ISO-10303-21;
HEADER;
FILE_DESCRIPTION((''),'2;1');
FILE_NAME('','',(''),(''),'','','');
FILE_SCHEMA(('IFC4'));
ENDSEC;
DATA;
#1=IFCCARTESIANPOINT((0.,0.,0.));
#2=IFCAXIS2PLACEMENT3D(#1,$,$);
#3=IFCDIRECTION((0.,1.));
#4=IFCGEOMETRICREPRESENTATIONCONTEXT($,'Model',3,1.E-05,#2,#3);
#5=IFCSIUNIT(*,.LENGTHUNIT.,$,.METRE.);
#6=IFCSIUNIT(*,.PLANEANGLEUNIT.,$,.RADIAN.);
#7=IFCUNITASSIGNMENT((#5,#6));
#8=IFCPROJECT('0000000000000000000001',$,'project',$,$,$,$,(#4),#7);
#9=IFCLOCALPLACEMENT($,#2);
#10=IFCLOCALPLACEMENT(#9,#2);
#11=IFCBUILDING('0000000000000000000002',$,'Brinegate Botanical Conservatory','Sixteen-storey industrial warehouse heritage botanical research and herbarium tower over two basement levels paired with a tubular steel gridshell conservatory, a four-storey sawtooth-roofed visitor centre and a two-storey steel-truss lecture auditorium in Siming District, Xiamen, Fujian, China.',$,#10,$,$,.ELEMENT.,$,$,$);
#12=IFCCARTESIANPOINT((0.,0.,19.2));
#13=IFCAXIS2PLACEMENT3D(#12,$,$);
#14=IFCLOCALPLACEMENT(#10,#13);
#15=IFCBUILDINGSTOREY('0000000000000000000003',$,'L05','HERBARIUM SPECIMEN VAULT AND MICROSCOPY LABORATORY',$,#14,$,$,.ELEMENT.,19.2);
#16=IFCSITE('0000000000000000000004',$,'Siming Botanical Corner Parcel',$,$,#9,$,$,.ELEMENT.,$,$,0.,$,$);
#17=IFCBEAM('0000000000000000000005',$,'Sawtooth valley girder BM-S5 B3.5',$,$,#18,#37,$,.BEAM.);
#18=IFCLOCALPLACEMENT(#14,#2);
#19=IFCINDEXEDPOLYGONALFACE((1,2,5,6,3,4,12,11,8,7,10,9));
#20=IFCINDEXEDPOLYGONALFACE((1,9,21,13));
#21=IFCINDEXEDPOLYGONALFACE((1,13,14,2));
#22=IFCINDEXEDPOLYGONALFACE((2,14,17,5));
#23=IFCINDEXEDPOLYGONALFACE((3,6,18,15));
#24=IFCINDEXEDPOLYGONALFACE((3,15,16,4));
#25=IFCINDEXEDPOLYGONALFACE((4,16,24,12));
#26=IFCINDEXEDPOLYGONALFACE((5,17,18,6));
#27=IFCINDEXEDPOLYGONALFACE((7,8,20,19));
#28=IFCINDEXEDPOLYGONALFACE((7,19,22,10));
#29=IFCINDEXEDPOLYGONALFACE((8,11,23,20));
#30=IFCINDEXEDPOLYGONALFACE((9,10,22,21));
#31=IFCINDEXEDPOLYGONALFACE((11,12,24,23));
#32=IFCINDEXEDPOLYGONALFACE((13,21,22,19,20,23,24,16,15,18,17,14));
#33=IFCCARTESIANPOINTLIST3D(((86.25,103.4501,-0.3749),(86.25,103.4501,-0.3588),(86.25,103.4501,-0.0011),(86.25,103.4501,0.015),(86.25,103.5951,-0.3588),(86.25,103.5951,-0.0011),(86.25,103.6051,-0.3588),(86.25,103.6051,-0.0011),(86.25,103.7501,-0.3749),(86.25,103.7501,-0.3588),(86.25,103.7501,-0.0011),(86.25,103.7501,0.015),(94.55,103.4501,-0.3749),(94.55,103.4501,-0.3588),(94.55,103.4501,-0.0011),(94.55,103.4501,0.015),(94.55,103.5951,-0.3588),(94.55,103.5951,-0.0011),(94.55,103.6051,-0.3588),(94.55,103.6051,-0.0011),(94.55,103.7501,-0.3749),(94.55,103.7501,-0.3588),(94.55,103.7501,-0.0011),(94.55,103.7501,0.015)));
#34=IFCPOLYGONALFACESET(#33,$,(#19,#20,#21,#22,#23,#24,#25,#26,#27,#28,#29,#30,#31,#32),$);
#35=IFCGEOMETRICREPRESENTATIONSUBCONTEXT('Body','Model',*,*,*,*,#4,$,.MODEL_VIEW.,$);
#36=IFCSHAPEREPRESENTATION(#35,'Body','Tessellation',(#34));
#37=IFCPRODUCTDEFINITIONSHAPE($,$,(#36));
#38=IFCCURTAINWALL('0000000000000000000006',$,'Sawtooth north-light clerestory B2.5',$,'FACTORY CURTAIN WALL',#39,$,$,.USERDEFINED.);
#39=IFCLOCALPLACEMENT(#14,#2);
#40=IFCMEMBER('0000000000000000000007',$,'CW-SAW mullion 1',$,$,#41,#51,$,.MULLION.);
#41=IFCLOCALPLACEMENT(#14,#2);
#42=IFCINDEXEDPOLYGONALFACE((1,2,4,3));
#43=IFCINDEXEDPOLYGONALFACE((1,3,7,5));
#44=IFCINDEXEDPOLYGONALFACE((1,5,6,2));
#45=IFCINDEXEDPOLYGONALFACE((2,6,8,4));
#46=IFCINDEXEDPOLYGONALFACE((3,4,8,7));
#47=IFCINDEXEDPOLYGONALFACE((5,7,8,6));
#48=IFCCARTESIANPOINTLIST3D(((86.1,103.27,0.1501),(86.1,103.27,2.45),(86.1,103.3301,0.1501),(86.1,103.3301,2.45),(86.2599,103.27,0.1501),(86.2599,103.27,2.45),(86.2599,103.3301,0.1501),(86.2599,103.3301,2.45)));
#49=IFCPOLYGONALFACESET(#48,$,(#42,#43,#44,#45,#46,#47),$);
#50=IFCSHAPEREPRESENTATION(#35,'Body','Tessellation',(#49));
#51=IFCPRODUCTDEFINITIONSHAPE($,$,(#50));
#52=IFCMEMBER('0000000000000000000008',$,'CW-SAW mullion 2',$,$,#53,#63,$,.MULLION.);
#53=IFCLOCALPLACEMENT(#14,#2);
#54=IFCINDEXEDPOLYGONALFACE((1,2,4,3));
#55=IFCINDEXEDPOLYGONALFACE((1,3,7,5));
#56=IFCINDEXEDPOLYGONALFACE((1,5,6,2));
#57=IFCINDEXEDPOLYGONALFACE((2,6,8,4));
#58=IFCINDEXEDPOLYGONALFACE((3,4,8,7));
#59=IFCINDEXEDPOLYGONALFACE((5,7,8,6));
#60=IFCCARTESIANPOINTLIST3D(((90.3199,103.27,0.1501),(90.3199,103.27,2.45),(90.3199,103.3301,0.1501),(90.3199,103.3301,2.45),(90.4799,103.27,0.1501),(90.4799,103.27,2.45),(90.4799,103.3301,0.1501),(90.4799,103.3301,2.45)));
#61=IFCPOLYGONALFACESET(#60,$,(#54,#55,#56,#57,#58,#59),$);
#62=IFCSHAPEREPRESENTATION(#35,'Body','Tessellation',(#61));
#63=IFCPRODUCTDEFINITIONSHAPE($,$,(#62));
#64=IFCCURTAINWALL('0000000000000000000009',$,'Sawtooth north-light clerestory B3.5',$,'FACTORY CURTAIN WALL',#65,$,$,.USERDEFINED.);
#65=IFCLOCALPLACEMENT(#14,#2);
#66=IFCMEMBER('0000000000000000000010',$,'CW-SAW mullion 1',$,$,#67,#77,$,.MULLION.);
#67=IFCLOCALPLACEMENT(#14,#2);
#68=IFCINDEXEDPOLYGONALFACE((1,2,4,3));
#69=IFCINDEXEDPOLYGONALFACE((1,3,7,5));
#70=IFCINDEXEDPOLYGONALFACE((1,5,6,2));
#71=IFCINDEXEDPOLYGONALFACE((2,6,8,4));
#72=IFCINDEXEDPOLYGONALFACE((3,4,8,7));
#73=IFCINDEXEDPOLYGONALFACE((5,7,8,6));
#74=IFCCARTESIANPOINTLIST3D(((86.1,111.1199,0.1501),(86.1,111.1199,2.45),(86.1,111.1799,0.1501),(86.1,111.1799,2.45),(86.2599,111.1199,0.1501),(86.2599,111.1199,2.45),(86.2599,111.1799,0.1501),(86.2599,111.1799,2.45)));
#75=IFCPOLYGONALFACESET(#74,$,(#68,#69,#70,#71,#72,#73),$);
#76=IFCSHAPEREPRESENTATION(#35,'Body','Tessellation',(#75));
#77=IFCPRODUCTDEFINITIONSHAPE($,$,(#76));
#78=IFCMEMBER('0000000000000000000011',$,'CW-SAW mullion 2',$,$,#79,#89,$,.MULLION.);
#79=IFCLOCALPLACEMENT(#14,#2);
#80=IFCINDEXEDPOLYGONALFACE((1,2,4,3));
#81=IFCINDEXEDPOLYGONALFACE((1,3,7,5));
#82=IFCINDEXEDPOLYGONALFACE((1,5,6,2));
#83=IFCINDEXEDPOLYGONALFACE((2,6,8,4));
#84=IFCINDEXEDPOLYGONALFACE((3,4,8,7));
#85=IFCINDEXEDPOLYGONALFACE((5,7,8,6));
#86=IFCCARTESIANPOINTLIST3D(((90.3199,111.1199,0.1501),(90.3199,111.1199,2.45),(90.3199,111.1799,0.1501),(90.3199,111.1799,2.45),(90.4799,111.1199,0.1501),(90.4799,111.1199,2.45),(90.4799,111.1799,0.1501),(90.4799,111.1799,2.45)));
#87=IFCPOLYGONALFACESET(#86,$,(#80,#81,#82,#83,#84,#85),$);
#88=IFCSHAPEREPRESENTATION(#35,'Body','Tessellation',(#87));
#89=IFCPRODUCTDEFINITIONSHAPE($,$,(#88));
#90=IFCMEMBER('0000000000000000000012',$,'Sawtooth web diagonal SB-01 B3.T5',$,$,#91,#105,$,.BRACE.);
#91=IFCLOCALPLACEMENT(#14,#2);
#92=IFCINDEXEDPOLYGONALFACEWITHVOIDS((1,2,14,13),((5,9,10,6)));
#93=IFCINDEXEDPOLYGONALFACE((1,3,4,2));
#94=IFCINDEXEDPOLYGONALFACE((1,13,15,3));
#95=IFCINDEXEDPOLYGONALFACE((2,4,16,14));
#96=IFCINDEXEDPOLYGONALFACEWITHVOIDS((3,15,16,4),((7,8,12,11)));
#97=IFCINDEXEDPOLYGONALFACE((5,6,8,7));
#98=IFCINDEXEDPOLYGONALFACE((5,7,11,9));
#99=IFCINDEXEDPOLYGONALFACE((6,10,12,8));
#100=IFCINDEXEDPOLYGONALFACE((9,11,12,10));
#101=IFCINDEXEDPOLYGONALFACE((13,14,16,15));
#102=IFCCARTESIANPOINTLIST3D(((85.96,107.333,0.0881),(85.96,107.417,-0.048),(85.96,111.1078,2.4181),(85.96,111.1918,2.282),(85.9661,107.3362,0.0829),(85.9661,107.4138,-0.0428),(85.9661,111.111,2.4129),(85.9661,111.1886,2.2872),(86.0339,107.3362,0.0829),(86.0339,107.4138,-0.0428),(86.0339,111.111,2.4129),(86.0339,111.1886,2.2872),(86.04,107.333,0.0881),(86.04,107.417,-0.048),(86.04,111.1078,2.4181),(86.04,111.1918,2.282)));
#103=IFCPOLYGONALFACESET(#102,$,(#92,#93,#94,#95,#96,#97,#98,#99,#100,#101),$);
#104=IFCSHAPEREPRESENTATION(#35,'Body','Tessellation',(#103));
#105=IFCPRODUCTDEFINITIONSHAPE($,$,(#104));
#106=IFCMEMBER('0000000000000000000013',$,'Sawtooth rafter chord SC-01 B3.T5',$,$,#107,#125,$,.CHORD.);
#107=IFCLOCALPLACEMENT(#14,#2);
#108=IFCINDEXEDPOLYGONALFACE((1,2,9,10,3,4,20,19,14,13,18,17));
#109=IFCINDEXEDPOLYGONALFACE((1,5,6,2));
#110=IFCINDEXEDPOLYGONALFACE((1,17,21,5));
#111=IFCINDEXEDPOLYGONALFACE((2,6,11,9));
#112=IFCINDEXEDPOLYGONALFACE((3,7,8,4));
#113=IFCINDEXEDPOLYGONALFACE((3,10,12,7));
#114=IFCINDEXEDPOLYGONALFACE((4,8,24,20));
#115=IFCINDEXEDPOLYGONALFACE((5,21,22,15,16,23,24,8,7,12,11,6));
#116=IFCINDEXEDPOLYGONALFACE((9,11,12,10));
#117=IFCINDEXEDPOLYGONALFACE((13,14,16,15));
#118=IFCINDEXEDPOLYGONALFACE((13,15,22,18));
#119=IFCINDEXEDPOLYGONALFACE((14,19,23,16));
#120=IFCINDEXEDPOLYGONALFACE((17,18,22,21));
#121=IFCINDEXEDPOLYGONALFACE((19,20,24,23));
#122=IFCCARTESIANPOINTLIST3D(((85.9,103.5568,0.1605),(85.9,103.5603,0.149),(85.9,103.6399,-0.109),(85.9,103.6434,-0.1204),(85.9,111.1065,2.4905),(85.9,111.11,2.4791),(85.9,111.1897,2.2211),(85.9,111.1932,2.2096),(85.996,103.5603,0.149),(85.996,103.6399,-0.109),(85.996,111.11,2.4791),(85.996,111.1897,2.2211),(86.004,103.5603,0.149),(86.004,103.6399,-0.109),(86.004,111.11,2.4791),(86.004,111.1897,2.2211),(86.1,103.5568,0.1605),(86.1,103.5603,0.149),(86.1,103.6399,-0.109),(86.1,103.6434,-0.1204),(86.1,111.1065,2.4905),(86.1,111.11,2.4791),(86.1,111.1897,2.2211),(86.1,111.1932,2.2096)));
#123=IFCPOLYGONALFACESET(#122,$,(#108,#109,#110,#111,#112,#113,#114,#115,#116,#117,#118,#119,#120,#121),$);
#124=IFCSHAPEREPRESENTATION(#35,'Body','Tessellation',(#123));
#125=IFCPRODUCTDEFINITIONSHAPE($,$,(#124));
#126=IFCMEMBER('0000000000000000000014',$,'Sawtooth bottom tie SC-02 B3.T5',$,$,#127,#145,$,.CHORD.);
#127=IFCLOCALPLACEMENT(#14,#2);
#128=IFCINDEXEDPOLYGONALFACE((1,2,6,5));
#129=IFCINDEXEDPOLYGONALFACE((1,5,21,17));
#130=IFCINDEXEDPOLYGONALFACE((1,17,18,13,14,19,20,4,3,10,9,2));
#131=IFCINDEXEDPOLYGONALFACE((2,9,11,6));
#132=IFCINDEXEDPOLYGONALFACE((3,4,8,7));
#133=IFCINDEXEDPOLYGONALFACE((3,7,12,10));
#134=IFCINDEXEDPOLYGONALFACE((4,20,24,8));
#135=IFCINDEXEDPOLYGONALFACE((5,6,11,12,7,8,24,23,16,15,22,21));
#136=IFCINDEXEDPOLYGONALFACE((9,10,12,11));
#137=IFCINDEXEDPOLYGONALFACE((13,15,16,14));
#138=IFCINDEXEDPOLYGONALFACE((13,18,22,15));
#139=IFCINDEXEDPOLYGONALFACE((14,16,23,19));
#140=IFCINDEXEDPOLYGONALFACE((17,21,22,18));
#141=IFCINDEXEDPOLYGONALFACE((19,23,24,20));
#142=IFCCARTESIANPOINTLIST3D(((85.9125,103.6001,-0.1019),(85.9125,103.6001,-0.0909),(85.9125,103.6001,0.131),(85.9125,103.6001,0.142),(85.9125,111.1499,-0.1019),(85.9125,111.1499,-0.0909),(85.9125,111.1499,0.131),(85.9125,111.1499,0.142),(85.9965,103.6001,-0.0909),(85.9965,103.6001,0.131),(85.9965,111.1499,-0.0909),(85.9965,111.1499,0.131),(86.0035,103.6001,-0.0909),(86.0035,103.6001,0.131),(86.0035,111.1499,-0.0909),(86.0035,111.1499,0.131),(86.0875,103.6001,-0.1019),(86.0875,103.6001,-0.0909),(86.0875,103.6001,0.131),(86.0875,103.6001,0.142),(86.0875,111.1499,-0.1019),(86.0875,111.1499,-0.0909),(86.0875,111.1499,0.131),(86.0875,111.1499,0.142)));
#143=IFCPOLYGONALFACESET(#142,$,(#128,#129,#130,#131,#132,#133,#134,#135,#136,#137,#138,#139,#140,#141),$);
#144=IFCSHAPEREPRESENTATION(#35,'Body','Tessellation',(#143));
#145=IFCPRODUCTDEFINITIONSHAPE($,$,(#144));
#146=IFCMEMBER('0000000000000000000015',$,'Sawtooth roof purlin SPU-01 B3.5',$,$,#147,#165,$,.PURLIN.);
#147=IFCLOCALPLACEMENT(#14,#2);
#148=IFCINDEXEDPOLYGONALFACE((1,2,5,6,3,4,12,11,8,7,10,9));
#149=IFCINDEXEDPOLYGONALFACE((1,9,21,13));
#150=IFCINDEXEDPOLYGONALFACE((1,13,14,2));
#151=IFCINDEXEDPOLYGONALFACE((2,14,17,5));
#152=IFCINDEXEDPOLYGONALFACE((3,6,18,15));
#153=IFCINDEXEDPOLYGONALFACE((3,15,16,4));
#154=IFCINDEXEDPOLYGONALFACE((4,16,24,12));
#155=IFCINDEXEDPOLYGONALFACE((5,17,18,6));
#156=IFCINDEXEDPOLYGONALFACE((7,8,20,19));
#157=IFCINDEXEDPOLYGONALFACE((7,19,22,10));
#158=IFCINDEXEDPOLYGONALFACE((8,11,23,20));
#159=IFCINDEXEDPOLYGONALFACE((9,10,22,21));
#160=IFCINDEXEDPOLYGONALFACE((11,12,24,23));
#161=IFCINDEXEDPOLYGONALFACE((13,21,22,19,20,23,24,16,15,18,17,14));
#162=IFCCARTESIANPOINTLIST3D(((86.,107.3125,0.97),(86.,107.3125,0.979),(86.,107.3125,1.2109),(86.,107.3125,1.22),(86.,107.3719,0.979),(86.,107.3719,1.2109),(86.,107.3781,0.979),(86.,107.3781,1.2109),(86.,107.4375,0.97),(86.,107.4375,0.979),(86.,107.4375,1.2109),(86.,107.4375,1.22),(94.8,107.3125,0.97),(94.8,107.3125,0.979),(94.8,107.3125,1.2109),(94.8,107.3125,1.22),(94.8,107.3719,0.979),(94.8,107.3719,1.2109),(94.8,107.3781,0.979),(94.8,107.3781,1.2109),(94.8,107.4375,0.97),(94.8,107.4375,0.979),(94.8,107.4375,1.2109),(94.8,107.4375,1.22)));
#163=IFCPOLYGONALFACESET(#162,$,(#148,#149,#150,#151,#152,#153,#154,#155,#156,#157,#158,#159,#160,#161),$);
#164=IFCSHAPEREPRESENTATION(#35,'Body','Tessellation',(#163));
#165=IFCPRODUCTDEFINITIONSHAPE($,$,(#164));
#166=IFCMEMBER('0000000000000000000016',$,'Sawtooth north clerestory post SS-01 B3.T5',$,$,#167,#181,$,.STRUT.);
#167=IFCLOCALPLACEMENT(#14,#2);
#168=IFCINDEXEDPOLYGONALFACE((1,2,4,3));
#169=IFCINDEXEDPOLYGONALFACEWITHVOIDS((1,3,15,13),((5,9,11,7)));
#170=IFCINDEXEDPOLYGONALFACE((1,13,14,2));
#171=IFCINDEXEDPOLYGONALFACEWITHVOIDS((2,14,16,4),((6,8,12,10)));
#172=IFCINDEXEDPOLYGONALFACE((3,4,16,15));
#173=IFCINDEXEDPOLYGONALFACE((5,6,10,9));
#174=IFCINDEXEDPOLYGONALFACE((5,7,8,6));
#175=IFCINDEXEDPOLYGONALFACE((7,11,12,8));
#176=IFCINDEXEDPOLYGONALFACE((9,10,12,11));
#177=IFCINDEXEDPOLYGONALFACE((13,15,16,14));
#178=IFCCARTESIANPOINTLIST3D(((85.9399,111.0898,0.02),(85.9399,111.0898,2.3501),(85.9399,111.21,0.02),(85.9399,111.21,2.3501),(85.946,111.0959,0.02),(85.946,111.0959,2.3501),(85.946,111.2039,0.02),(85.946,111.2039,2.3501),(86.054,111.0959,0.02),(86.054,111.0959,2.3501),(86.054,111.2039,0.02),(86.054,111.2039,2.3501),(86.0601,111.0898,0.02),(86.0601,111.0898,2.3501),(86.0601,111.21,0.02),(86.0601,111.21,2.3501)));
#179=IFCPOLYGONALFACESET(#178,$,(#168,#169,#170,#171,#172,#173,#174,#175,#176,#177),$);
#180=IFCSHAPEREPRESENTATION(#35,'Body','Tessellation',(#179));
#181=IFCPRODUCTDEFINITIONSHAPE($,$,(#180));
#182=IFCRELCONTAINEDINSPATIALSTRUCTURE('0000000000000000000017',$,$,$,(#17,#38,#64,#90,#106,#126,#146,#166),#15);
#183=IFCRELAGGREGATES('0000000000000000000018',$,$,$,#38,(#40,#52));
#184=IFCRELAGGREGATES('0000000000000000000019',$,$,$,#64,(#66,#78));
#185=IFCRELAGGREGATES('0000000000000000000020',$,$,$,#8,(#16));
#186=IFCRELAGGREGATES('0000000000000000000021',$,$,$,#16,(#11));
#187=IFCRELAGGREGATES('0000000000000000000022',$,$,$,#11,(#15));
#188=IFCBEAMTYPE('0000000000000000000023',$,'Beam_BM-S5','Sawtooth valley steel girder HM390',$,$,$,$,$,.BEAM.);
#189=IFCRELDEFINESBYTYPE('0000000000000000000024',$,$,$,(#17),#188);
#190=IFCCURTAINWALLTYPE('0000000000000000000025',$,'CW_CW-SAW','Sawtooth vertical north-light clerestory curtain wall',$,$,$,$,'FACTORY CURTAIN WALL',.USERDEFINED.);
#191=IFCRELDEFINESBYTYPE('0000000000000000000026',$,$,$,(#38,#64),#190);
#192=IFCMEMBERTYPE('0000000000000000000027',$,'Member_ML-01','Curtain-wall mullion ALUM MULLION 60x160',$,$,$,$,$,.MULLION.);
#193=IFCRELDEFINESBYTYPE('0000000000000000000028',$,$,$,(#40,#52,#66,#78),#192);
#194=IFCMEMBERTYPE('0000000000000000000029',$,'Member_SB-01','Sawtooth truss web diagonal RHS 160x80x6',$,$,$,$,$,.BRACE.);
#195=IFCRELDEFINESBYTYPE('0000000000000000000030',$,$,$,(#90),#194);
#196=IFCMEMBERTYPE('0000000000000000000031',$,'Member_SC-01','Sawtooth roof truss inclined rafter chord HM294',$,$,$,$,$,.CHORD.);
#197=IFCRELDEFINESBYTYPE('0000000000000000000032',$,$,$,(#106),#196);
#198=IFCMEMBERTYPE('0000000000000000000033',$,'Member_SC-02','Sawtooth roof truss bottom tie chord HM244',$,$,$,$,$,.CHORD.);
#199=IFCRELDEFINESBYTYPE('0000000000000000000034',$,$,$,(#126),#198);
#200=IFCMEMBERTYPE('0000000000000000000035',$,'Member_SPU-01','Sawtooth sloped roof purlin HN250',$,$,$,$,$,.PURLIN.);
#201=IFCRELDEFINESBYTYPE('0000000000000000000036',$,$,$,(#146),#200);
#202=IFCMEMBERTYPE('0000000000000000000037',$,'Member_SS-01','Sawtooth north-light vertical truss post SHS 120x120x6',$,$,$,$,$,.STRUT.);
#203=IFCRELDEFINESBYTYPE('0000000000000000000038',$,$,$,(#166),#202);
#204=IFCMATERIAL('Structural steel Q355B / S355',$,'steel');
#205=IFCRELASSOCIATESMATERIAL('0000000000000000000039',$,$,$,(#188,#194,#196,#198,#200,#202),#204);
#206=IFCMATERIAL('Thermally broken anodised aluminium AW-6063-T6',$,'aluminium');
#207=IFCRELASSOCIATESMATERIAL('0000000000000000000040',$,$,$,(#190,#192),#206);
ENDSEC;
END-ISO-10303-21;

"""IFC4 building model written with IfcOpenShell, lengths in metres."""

from ifc_helpers import new_model, si_unit, direction, frame, origin, origin_2d, place, context, subcontext, project, spatial, rectangle, hollow_rectangle, i_section, extrude, material, material_profile, profile_set, type_object, element, aggregate, save


model = new_model("IFC4")

# Units and contexts
model_context = context("Model", 3, precision=1e-05, world=origin(), true_north=direction((0.0, 1.0)))
body_context = subcontext(model_context, "Body", "Model", "MODEL_VIEW")
ifc_project = project(units=[si_unit("LENGTHUNIT", "METRE"), si_unit("PLANEANGLEUNIT", "RADIAN")], contexts=[model_context])

# Site, building, storey
site_placement = place(None, origin())
site = spatial("IfcSite", under=ifc_project, at=site_placement, Name="Siming Botanical Corner Parcel", CompositionType="ELEMENT", RefElevation=0.0)
building_placement = place(site_placement, origin())
building = spatial("IfcBuilding", under=site, at=building_placement, Name="Brinegate Botanical Conservatory", Description="Sixteen-storey industrial warehouse heritage botanical research and herbarium tower over two basement levels paired with a tubular steel gridshell conservatory, a four-storey sawtooth-roofed visitor centre and a two-storey steel-truss lecture auditorium in Siming District, Xiamen, Fujian, China.", CompositionType="ELEMENT")
storey_placement = place(building_placement, frame((0.0, 0.0, 19.2)))
storey = spatial("IfcBuildingStorey", under=building, at=storey_placement, Name="L05", Description="HERBARIUM SPECIMEN VAULT AND MICROSCOPY LABORATORY", CompositionType="ELEMENT", Elevation=19.2)

# Beam
ifc_material_1 = material(Name="Structural steel Q355B / S355", Category="steel")
ifc_material_profile_1 = material_profile(ifc_material_1, i_section(OverallWidth=0.3, OverallDepth=0.3899, WebThickness=0.01, FlangeThickness=0.0161, at=origin_2d()), Name="HM 390x300x10x16")
ifc_profile_set_1 = profile_set([ifc_material_profile_1], Name="Structural steel Q355B / S355")
beam_type = type_object("IfcBeamType", Name="Beam_BM-S5", Description="Sawtooth valley steel girder HM390", PredefinedType="BEAM", material=ifc_profile_set_1)
beam_placement = place(storey_placement, frame((86.25, 103.6001, -0.1799), z_axis=(1.0, 0.0, 0.0), x_axis=(0.0, 1.0, 0.0)))
element("IfcBeam", 1, at=beam_placement, inside=storey, type_object=beam_type, Name="Sawtooth valley girder BM-S5 B3.5", PredefinedType="BEAM", context=body_context, shape_type="SweptSolid", body=[
    extrude(i_section(OverallWidth=0.3, OverallDepth=0.3899, WebThickness=0.01, FlangeThickness=0.0161, at=origin_2d()), origin(), (0.0, 0.0, 1.0), 8.3),
])

# Curtain walls, members
ifc_material_2 = material(Name="Thermally broken anodised aluminium AW-6063-T6", Category="aluminium")
curtain_wall_type = type_object("IfcCurtainWallType", Name="CW_CW-SAW", Description="Sawtooth vertical north-light clerestory curtain wall", ElementType="FACTORY CURTAIN WALL", PredefinedType="USERDEFINED", material=ifc_material_2)
curtain_wall_1_placement = place(storey_placement, origin())
curtain_wall_1 = element("IfcCurtainWall", 2, at=curtain_wall_1_placement, inside=storey, type_object=curtain_wall_type, Name="Sawtooth north-light clerestory B2.5", ObjectType="FACTORY CURTAIN WALL", PredefinedType="USERDEFINED")
ifc_material_profile_2 = material_profile(ifc_material_2, rectangle(XDim=0.0601, YDim=0.1599, at=origin_2d()), Name="ALUM MULLION 60x160")
ifc_profile_set_2 = profile_set([ifc_material_profile_2], Name="Thermally broken anodised aluminium AW-6063-T6")
member_type_1 = type_object("IfcMemberType", Name="Member_ML-01", Description="Curtain-wall mullion ALUM MULLION 60x160", PredefinedType="MULLION", material=ifc_profile_set_2)
member_1_placement = place(storey_placement, frame((86.1799, 103.3, 0.1501), z_axis=(0.0, 0.0, 1.0), x_axis=(0.0, 1.0, 0.0)))
member_1 = element("IfcMember", 3, at=member_1_placement, type_object=member_type_1, Name="CW-SAW mullion 1", PredefinedType="MULLION", context=body_context, shape_type="SweptSolid", body=[
    extrude(rectangle(XDim=0.0601, YDim=0.1599, at=origin_2d()), origin(), (0.0, 0.0, 1.0), 2.2998),
])
member_2_placement = place(storey_placement, frame((90.3999, 103.3, 0.1501), z_axis=(0.0, 0.0, 1.0), x_axis=(0.0, 1.0, 0.0)))
member_2 = element("IfcMember", 4, at=member_2_placement, type_object=member_type_1, Name="CW-SAW mullion 2", PredefinedType="MULLION", context=body_context, shape_type="SweptSolid", body=[
    extrude(rectangle(XDim=0.0601, YDim=0.1599, at=origin_2d()), origin(), (0.0, 0.0, 1.0), 2.2998),
])
curtain_wall_2_placement = place(storey_placement, origin())
curtain_wall_2 = element("IfcCurtainWall", 5, at=curtain_wall_2_placement, inside=storey, type_object=curtain_wall_type, Name="Sawtooth north-light clerestory B3.5", ObjectType="FACTORY CURTAIN WALL", PredefinedType="USERDEFINED")
member_3_placement = place(storey_placement, frame((86.1799, 111.1499, 0.1501), z_axis=(0.0, 0.0, 1.0), x_axis=(0.0, 1.0, 0.0)))
member_3 = element("IfcMember", 6, at=member_3_placement, type_object=member_type_1, Name="CW-SAW mullion 1", PredefinedType="MULLION", context=body_context, shape_type="SweptSolid", body=[
    extrude(rectangle(XDim=0.0601, YDim=0.1599, at=origin_2d()), origin(), (0.0, 0.0, 1.0), 2.2998),
])
member_4_placement = place(storey_placement, frame((90.3999, 111.1499, 0.1501), z_axis=(0.0, 0.0, 1.0), x_axis=(0.0, 1.0, 0.0)))
member_4 = element("IfcMember", 7, at=member_4_placement, type_object=member_type_1, Name="CW-SAW mullion 2", PredefinedType="MULLION", context=body_context, shape_type="SweptSolid", body=[
    extrude(rectangle(XDim=0.0601, YDim=0.1599, at=origin_2d()), origin(), (0.0, 0.0, 1.0), 2.2998),
])

# Members
ifc_material_profile_3 = material_profile(ifc_material_1, hollow_rectangle(XDim=0.0801, YDim=0.1599, WallThickness=0.0061, at=origin_2d()), Name="RHS 160x80x6")
ifc_profile_set_3 = profile_set([ifc_material_profile_3], Name="Structural steel Q355B / S355")
member_type_2 = type_object("IfcMemberType", Name="Member_SB-01", Description="Sawtooth truss web diagonal RHS 160x80x6", PredefinedType="BRACE", material=ifc_profile_set_3)
member_5_placement = place(storey_placement, frame((86.0, 107.375, 0.02), z_axis=(0.0, 0.850947, 0.525251), x_axis=(-1.0, 0.0, 0.0)))
element("IfcMember", 8, at=member_5_placement, inside=storey, type_object=member_type_2, Name="Sawtooth web diagonal SB-01 B3.T5", PredefinedType="BRACE", context=body_context, shape_type="SweptSolid", body=[
    extrude(hollow_rectangle(XDim=0.0801, YDim=0.1599, WallThickness=0.0061, at=origin_2d()), origin(), (0.0, 0.0, 1.0), 4.436),
])
ifc_material_profile_4 = material_profile(ifc_material_1, i_section(OverallWidth=0.2, OverallDepth=0.2939, WebThickness=0.0081, FlangeThickness=0.012, at=origin_2d()), Name="HM 294x200x8x12")
ifc_profile_set_4 = profile_set([ifc_material_profile_4], Name="Structural steel Q355B / S355")
member_type_3 = type_object("IfcMemberType", Name="Member_SC-01", Description="Sawtooth roof truss inclined rafter chord HM294", PredefinedType="CHORD", material=ifc_profile_set_4)
member_6_placement = place(storey_placement, frame((86.0, 103.6001, 0.02), z_axis=(0.0, 0.955527, 0.294902), x_axis=(-1.0, 0.0, 0.0)))
element("IfcMember", 9, at=member_6_placement, inside=storey, type_object=member_type_3, Name="Sawtooth rafter chord SC-01 B3.T5", PredefinedType="CHORD", context=body_context, shape_type="SweptSolid", body=[
    extrude(i_section(OverallWidth=0.2, OverallDepth=0.2939, WebThickness=0.0081, FlangeThickness=0.012, at=origin_2d()), origin(), (0.0, 0.0, 1.0), 7.9011),
])
ifc_material_profile_5 = material_profile(ifc_material_1, i_section(OverallWidth=0.175, OverallDepth=0.2439, WebThickness=0.0071, FlangeThickness=0.011, at=origin_2d()), Name="HM 244x175x7x11")
ifc_profile_set_5 = profile_set([ifc_material_profile_5], Name="Structural steel Q355B / S355")
member_type_4 = type_object("IfcMemberType", Name="Member_SC-02", Description="Sawtooth roof truss bottom tie chord HM244", PredefinedType="CHORD", material=ifc_profile_set_5)
member_7_placement = place(storey_placement, frame((86.0, 103.6001, 0.02), z_axis=(0.0, 1.0, 0.0), x_axis=(-1.0, 0.0, 0.0)))
element("IfcMember", 10, at=member_7_placement, inside=storey, type_object=member_type_4, Name="Sawtooth bottom tie SC-02 B3.T5", PredefinedType="CHORD", context=body_context, shape_type="SweptSolid", body=[
    extrude(i_section(OverallWidth=0.175, OverallDepth=0.2439, WebThickness=0.0071, FlangeThickness=0.011, at=origin_2d()), origin(), (0.0, 0.0, 1.0), 7.5498),
])
ifc_material_profile_6 = material_profile(ifc_material_1, i_section(OverallWidth=0.125, OverallDepth=0.25, WebThickness=0.0061, FlangeThickness=0.009, at=origin_2d()), Name="HN 250x125x6x9")
ifc_profile_set_6 = profile_set([ifc_material_profile_6], Name="Structural steel Q355B / S355")
member_type_5 = type_object("IfcMemberType", Name="Member_SPU-01", Description="Sawtooth sloped roof purlin HN250", PredefinedType="PURLIN", material=ifc_profile_set_6)
member_8_placement = place(storey_placement, frame((86.0, 107.375, 1.095), z_axis=(1.0, 0.0, 0.0), x_axis=(0.0, 1.0, 0.0)))
element("IfcMember", 11, at=member_8_placement, inside=storey, type_object=member_type_5, Name="Sawtooth roof purlin SPU-01 B3.5", PredefinedType="PURLIN", context=body_context, shape_type="SweptSolid", body=[
    extrude(i_section(OverallWidth=0.125, OverallDepth=0.25, WebThickness=0.0061, FlangeThickness=0.009, at=origin_2d()), origin(), (0.0, 0.0, 1.0), 8.8),
])
ifc_material_profile_7 = material_profile(ifc_material_1, hollow_rectangle(XDim=0.1201, YDim=0.1201, WallThickness=0.0061, at=origin_2d()), Name="SHS 120x120x6")
ifc_profile_set_7 = profile_set([ifc_material_profile_7], Name="Structural steel Q355B / S355")
member_type_6 = type_object("IfcMemberType", Name="Member_SS-01", Description="Sawtooth north-light vertical truss post SHS 120x120x6", PredefinedType="STRUT", material=ifc_profile_set_7)
member_9_placement = place(storey_placement, frame((86.0, 111.1499, 0.02), z_axis=(0.0, 0.0, 1.0), x_axis=(1.0, 0.0, 0.0)))
element("IfcMember", 12, at=member_9_placement, inside=storey, type_object=member_type_6, Name="Sawtooth north clerestory post SS-01 B3.T5", PredefinedType="STRUT", context=body_context, shape_type="SweptSolid", body=[
    extrude(hollow_rectangle(XDim=0.1201, YDim=0.1201, WallThickness=0.0061, at=origin_2d()), origin(), (0.0, 0.0, 1.0), 2.3301),
])

aggregate(curtain_wall_1, [member_1, member_2])
aggregate(curtain_wall_2, [member_3, member_4])

save(model, "model.ifc")
